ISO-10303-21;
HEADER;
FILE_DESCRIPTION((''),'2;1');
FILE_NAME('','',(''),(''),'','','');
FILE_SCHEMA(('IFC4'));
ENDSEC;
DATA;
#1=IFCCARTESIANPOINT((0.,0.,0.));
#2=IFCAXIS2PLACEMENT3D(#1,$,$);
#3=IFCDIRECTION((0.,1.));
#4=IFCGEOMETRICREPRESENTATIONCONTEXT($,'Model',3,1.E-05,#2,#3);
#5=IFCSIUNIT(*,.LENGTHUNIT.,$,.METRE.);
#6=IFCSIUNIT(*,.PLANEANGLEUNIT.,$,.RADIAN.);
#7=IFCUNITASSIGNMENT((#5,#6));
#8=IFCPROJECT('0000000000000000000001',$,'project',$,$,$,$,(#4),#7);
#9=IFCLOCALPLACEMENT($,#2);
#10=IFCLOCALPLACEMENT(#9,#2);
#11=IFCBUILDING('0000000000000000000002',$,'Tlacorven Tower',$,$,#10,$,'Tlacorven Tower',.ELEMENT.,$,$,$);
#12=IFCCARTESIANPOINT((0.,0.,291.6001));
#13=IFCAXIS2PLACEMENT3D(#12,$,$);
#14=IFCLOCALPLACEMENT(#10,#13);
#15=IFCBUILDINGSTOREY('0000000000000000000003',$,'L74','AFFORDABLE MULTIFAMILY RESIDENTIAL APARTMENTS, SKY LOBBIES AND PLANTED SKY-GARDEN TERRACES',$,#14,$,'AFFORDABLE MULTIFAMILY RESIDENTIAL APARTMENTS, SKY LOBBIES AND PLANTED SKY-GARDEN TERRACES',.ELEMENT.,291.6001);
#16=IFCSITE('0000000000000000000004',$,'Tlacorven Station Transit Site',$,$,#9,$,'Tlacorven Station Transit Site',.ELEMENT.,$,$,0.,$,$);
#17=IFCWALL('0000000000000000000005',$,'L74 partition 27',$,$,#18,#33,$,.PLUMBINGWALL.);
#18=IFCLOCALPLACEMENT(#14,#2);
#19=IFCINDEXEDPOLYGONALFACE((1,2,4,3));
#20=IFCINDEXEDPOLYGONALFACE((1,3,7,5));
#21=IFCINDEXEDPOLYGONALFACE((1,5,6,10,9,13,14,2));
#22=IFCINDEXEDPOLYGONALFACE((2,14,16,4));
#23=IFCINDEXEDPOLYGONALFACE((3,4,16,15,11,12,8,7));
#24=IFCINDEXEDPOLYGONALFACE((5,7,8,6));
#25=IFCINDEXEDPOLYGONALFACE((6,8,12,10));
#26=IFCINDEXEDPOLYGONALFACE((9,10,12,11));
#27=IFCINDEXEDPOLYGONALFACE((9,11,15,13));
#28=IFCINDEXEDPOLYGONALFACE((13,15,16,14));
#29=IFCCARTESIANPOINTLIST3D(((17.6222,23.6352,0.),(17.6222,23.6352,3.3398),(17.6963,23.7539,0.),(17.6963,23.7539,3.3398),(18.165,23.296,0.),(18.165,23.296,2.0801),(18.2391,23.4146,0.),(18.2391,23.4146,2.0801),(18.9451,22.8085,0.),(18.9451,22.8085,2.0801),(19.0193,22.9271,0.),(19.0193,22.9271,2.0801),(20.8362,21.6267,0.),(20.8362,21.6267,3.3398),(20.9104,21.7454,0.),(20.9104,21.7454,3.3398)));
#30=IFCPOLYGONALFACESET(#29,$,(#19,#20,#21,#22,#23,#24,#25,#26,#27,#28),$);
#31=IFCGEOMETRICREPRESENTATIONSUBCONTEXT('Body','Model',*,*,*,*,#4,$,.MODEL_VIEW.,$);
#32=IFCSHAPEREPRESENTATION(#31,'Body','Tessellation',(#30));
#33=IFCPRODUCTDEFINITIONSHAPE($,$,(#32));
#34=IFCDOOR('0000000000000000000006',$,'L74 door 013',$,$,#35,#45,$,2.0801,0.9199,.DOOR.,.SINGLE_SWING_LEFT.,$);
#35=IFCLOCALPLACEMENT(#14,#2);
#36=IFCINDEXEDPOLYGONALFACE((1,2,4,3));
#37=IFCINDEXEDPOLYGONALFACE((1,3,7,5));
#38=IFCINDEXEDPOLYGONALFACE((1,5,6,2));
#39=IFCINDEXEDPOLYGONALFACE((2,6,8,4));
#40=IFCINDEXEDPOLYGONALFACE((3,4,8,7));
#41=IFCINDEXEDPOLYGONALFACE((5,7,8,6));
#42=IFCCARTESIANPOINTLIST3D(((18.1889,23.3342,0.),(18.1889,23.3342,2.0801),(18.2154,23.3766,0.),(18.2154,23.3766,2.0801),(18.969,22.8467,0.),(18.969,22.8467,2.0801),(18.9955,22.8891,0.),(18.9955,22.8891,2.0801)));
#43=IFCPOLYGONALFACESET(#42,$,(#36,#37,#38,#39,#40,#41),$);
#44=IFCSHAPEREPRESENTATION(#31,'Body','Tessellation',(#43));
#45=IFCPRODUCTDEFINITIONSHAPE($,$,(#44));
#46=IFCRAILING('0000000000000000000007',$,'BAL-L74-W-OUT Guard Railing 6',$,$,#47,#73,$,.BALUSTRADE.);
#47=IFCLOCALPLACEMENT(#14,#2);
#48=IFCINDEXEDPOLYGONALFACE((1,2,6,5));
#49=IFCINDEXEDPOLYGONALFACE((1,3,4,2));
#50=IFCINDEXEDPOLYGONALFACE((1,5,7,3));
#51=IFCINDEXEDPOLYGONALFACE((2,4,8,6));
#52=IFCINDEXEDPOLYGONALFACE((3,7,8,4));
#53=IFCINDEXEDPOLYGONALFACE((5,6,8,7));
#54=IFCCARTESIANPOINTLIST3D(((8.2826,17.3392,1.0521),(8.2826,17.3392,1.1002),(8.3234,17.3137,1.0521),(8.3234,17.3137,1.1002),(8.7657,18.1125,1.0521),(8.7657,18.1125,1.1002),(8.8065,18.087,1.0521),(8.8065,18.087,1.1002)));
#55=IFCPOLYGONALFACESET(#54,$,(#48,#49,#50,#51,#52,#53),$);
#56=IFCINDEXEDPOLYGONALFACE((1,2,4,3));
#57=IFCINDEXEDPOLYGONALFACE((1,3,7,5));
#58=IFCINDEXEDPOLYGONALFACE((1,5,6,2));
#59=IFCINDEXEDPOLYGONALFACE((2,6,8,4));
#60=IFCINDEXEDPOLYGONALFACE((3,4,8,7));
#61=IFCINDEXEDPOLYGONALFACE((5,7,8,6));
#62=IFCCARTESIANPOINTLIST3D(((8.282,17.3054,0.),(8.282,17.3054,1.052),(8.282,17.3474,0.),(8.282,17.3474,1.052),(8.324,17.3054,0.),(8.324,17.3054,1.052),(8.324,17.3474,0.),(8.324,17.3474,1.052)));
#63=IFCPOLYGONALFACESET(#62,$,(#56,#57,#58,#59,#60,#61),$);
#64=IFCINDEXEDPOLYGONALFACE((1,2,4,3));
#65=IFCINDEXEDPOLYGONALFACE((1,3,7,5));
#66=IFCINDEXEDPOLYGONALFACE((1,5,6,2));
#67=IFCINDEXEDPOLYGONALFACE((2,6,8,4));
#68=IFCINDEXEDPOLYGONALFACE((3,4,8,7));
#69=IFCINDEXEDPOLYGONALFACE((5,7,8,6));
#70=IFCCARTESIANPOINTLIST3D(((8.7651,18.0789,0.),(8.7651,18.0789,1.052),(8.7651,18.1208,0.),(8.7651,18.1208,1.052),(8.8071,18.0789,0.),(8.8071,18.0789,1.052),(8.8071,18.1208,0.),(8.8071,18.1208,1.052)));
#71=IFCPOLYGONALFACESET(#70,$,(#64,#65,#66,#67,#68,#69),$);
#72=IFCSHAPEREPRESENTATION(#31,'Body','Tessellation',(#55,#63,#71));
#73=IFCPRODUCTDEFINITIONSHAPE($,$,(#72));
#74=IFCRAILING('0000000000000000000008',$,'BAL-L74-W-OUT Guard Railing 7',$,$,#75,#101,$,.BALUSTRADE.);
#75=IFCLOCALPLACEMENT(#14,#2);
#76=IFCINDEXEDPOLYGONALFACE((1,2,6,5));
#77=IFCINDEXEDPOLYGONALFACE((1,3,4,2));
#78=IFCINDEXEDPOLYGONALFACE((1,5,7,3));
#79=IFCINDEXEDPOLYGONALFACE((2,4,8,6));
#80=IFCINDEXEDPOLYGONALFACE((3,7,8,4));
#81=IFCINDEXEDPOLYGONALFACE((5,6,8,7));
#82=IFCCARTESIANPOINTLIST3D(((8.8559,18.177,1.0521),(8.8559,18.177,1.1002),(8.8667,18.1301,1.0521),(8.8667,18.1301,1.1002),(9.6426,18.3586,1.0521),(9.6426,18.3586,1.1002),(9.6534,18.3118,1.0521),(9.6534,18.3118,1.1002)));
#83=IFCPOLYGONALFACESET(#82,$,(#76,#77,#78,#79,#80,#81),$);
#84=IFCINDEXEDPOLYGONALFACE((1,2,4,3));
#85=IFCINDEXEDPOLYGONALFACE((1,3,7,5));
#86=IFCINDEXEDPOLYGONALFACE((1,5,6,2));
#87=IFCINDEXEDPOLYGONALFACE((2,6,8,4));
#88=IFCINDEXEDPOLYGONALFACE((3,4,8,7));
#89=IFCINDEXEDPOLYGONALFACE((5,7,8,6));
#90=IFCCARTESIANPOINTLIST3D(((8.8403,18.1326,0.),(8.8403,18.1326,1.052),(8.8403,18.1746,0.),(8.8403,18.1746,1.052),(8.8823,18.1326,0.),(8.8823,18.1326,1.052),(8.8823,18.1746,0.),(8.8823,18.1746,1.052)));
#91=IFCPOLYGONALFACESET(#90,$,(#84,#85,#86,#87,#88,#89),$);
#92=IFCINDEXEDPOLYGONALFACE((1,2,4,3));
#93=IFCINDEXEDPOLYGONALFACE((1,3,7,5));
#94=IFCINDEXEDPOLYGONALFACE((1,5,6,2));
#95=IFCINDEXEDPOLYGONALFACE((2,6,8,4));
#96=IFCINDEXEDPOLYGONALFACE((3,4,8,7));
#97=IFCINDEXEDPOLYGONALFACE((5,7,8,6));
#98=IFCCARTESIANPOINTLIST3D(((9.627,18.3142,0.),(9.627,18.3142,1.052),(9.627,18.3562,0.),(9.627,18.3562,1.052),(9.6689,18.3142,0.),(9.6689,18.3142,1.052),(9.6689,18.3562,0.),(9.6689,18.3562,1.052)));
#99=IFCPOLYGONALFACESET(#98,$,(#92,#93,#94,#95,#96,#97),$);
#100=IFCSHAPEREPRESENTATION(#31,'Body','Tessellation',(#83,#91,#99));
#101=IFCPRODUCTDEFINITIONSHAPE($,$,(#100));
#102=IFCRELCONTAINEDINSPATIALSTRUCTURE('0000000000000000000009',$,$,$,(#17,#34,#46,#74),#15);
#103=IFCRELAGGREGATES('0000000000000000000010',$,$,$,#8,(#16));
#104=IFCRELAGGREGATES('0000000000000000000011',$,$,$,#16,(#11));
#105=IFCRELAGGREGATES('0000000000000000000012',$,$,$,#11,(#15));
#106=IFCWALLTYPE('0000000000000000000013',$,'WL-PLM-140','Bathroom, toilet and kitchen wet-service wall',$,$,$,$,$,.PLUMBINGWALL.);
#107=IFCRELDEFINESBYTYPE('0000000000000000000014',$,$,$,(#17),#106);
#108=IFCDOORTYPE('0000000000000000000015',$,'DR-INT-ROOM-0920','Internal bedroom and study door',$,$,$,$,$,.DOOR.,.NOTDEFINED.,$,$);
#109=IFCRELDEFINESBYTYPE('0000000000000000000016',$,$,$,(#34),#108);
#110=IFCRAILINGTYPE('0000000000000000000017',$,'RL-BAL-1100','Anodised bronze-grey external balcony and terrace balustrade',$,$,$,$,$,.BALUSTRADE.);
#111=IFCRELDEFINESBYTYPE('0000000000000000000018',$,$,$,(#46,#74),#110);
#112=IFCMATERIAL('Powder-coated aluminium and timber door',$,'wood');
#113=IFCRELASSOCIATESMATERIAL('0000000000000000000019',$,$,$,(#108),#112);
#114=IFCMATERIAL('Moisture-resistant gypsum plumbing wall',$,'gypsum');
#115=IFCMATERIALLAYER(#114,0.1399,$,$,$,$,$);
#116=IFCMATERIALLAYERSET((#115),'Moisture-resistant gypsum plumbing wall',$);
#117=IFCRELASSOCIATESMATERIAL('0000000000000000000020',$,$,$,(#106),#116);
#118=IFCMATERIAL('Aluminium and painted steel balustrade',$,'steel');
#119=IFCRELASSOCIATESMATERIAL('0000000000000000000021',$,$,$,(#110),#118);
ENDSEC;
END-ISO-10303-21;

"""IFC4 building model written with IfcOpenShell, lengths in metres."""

from ifc_helpers import new_model, si_unit, direction, frame, frame_2d, origin, origin_2d, place, context, subcontext, project, spatial, rectangle, extrude, source, transform, mapped, material, layer, layer_set, type_object, element, fill, save


model = new_model("IFC4")

# Units and contexts
model_context = context("Model", 3, precision=1e-05, world=origin(), true_north=direction((0.0, 1.0)))
body_context = subcontext(model_context, "Body", "Model", "MODEL_VIEW")
ifc_project = project(units=[si_unit("LENGTHUNIT", "METRE"), si_unit("PLANEANGLEUNIT", "RADIAN")], contexts=[model_context])

# Site, building, storey
site_placement = place(None, origin())
site = spatial("IfcSite", under=ifc_project, at=site_placement, Name="Tlacorven Station Transit Site", LongName="Tlacorven Station Transit Site", CompositionType="ELEMENT", RefElevation=0.0)
building_placement = place(site_placement, origin())
building = spatial("IfcBuilding", under=site, at=building_placement, Name="Tlacorven Tower", LongName="Tlacorven Tower", CompositionType="ELEMENT")
storey_placement = place(building_placement, frame((0.0, 0.0, 291.6001)))
storey = spatial("IfcBuildingStorey", under=building, at=storey_placement, Name="L74", Description="AFFORDABLE MULTIFAMILY RESIDENTIAL APARTMENTS, SKY LOBBIES AND PLANTED SKY-GARDEN TERRACES", LongName="AFFORDABLE MULTIFAMILY RESIDENTIAL APARTMENTS, SKY LOBBIES AND PLANTED SKY-GARDEN TERRACES", CompositionType="ELEMENT", Elevation=291.6001)

# Wall, opening, door
ifc_material_1 = material(Name="Powder-coated aluminium and timber door", Category="wood")
door_type = type_object("IfcDoorType", Name="DR-INT-ROOM-0920", Description="Internal bedroom and study door", OperationType="NOTDEFINED", PredefinedType="DOOR", material=ifc_material_1)
shared_shape_1 = source(origin(), body_context, "Body", "SweptSolid", [
    extrude(rectangle(XDim=0.9199, YDim=2.0801, at=frame_2d((0.46, 1.04))), frame((0.0, 0.0249, 0.0), z_axis=(0.0, -1.0, 0.0), x_axis=(1.0, 0.0, 0.0)), (0.0, 0.0, 1.0), 0.05),
])
ifc_material_2 = material(Name="Moisture-resistant gypsum plumbing wall", Category="gypsum")
ifc_layer_1 = layer(ifc_material_2, 0.1399)
ifc_layer_set_1 = layer_set([ifc_layer_1], Name="Moisture-resistant gypsum plumbing wall")
wall_type_1 = type_object("IfcWallType", Name="WL-PLM-140", Description="Bathroom, toilet and kitchen wet-service wall", PredefinedType="PLUMBINGWALL", material=ifc_layer_set_1)
wall_1_placement = place(storey_placement, frame((20.8733, 21.686, 0.0), z_axis=(0.0, 0.0, 1.0), x_axis=(-0.848031, 0.529947, 0.0)))
wall_1 = element("IfcWall", 1, at=wall_1_placement, inside=storey, type_object=wall_type_1, Name="L74 partition 27", PredefinedType="PLUMBINGWALL", context=body_context, shape_type="SweptSolid", body=[
    extrude(rectangle(XDim=3.79, YDim=0.1399, at=frame_2d((1.895, 0.0))), origin(), (0.0, 0.0, 1.0), 3.3398),
])
opening_1_placement = place(wall_1_placement, frame((2.23, 0.0, 0.0)))
opening_1 = element("IfcOpeningElement", 2, at=opening_1_placement, cuts=wall_1, PredefinedType="OPENING", context=body_context, shape_type="SweptSolid", body=[
    extrude(rectangle(XDim=0.9199, YDim=2.0801, at=frame_2d((0.46, 1.04))), frame((0.0, 0.0801, 0.0), z_axis=(0.0, -1.0, 0.0), x_axis=(1.0, 0.0, 0.0)), (0.0, 0.0, 1.0), 0.1599),
])
door_1_placement = place(opening_1_placement, origin())
door_1 = element("IfcDoor", 3, at=door_1_placement, inside=storey, type_object=door_type, Name="L74 door 013", OperationType="SINGLE_SWING_LEFT", OverallHeight=2.0801, OverallWidth=0.9199, PredefinedType="DOOR", context=body_context, shape_type="MappedRepresentation", body=[
    mapped(shared_shape_1, transform((0.0, 0.0, 0.0), scale=1.0)),
])
fill(opening_1, door_1)

# Railings
ifc_material_3 = material(Name="Aluminium and painted steel balustrade", Category="steel")
railing_type = type_object("IfcRailingType", Name="RL-BAL-1100", Description="Anodised bronze-grey external balcony and terrace balustrade", PredefinedType="BALUSTRADE", material=ifc_material_3)
shared_shape_2 = source(origin(), body_context, "Body", "SweptSolid", [
    extrude(rectangle(XDim=0.0481, YDim=0.0481, at=origin_2d()), frame((0.0, 0.0, 1.0762), z_axis=(0.529806, 0.848119, 0.0), x_axis=(-0.848119, 0.529806, 0.0)), (0.0, 0.0, 1.0), 0.9119),
    extrude(rectangle(XDim=0.042, YDim=0.042, at=origin_2d()), origin(), (0.0, 0.0, 1.0), 1.052),
    extrude(rectangle(XDim=0.042, YDim=0.042, at=origin_2d()), frame((0.4832, 0.7734, 0.0)), (0.0, 0.0, 1.0), 1.052),
])
railing_1_placement = place(storey_placement, frame((8.303, 17.3264, 0.0)))
element("IfcRailing", 4, at=railing_1_placement, inside=storey, type_object=railing_type, Name="BAL-L74-W-OUT Guard Railing 6", PredefinedType="BALUSTRADE", context=body_context, shape_type="MappedRepresentation", body=[
    mapped(shared_shape_2, transform((0.0, 0.0, 0.0), scale=1.0)),
])
shared_shape_3 = source(origin(), body_context, "Body", "SweptSolid", [
    extrude(rectangle(XDim=0.0481, YDim=0.0481, at=origin_2d()), frame((0.0, 0.0, 1.0762), z_axis=(0.974361, 0.224992, 0.0), x_axis=(-0.224992, 0.974361, 0.0)), (0.0, 0.0, 1.0), 0.8074),
    extrude(rectangle(XDim=0.042, YDim=0.042, at=origin_2d()), origin(), (0.0, 0.0, 1.0), 1.052),
    extrude(rectangle(XDim=0.042, YDim=0.042, at=origin_2d()), frame((0.7866, 0.1816, 0.0)), (0.0, 0.0, 1.0), 1.052),
])
railing_2_placement = place(storey_placement, frame((8.8613, 18.1536, 0.0)))
element("IfcRailing", 5, at=railing_2_placement, inside=storey, type_object=railing_type, Name="BAL-L74-W-OUT Guard Railing 7", PredefinedType="BALUSTRADE", context=body_context, shape_type="MappedRepresentation", body=[
    mapped(shared_shape_3, transform((0.0, 0.0, 0.0), scale=1.0)),
])

save(model, "model.ifc")
